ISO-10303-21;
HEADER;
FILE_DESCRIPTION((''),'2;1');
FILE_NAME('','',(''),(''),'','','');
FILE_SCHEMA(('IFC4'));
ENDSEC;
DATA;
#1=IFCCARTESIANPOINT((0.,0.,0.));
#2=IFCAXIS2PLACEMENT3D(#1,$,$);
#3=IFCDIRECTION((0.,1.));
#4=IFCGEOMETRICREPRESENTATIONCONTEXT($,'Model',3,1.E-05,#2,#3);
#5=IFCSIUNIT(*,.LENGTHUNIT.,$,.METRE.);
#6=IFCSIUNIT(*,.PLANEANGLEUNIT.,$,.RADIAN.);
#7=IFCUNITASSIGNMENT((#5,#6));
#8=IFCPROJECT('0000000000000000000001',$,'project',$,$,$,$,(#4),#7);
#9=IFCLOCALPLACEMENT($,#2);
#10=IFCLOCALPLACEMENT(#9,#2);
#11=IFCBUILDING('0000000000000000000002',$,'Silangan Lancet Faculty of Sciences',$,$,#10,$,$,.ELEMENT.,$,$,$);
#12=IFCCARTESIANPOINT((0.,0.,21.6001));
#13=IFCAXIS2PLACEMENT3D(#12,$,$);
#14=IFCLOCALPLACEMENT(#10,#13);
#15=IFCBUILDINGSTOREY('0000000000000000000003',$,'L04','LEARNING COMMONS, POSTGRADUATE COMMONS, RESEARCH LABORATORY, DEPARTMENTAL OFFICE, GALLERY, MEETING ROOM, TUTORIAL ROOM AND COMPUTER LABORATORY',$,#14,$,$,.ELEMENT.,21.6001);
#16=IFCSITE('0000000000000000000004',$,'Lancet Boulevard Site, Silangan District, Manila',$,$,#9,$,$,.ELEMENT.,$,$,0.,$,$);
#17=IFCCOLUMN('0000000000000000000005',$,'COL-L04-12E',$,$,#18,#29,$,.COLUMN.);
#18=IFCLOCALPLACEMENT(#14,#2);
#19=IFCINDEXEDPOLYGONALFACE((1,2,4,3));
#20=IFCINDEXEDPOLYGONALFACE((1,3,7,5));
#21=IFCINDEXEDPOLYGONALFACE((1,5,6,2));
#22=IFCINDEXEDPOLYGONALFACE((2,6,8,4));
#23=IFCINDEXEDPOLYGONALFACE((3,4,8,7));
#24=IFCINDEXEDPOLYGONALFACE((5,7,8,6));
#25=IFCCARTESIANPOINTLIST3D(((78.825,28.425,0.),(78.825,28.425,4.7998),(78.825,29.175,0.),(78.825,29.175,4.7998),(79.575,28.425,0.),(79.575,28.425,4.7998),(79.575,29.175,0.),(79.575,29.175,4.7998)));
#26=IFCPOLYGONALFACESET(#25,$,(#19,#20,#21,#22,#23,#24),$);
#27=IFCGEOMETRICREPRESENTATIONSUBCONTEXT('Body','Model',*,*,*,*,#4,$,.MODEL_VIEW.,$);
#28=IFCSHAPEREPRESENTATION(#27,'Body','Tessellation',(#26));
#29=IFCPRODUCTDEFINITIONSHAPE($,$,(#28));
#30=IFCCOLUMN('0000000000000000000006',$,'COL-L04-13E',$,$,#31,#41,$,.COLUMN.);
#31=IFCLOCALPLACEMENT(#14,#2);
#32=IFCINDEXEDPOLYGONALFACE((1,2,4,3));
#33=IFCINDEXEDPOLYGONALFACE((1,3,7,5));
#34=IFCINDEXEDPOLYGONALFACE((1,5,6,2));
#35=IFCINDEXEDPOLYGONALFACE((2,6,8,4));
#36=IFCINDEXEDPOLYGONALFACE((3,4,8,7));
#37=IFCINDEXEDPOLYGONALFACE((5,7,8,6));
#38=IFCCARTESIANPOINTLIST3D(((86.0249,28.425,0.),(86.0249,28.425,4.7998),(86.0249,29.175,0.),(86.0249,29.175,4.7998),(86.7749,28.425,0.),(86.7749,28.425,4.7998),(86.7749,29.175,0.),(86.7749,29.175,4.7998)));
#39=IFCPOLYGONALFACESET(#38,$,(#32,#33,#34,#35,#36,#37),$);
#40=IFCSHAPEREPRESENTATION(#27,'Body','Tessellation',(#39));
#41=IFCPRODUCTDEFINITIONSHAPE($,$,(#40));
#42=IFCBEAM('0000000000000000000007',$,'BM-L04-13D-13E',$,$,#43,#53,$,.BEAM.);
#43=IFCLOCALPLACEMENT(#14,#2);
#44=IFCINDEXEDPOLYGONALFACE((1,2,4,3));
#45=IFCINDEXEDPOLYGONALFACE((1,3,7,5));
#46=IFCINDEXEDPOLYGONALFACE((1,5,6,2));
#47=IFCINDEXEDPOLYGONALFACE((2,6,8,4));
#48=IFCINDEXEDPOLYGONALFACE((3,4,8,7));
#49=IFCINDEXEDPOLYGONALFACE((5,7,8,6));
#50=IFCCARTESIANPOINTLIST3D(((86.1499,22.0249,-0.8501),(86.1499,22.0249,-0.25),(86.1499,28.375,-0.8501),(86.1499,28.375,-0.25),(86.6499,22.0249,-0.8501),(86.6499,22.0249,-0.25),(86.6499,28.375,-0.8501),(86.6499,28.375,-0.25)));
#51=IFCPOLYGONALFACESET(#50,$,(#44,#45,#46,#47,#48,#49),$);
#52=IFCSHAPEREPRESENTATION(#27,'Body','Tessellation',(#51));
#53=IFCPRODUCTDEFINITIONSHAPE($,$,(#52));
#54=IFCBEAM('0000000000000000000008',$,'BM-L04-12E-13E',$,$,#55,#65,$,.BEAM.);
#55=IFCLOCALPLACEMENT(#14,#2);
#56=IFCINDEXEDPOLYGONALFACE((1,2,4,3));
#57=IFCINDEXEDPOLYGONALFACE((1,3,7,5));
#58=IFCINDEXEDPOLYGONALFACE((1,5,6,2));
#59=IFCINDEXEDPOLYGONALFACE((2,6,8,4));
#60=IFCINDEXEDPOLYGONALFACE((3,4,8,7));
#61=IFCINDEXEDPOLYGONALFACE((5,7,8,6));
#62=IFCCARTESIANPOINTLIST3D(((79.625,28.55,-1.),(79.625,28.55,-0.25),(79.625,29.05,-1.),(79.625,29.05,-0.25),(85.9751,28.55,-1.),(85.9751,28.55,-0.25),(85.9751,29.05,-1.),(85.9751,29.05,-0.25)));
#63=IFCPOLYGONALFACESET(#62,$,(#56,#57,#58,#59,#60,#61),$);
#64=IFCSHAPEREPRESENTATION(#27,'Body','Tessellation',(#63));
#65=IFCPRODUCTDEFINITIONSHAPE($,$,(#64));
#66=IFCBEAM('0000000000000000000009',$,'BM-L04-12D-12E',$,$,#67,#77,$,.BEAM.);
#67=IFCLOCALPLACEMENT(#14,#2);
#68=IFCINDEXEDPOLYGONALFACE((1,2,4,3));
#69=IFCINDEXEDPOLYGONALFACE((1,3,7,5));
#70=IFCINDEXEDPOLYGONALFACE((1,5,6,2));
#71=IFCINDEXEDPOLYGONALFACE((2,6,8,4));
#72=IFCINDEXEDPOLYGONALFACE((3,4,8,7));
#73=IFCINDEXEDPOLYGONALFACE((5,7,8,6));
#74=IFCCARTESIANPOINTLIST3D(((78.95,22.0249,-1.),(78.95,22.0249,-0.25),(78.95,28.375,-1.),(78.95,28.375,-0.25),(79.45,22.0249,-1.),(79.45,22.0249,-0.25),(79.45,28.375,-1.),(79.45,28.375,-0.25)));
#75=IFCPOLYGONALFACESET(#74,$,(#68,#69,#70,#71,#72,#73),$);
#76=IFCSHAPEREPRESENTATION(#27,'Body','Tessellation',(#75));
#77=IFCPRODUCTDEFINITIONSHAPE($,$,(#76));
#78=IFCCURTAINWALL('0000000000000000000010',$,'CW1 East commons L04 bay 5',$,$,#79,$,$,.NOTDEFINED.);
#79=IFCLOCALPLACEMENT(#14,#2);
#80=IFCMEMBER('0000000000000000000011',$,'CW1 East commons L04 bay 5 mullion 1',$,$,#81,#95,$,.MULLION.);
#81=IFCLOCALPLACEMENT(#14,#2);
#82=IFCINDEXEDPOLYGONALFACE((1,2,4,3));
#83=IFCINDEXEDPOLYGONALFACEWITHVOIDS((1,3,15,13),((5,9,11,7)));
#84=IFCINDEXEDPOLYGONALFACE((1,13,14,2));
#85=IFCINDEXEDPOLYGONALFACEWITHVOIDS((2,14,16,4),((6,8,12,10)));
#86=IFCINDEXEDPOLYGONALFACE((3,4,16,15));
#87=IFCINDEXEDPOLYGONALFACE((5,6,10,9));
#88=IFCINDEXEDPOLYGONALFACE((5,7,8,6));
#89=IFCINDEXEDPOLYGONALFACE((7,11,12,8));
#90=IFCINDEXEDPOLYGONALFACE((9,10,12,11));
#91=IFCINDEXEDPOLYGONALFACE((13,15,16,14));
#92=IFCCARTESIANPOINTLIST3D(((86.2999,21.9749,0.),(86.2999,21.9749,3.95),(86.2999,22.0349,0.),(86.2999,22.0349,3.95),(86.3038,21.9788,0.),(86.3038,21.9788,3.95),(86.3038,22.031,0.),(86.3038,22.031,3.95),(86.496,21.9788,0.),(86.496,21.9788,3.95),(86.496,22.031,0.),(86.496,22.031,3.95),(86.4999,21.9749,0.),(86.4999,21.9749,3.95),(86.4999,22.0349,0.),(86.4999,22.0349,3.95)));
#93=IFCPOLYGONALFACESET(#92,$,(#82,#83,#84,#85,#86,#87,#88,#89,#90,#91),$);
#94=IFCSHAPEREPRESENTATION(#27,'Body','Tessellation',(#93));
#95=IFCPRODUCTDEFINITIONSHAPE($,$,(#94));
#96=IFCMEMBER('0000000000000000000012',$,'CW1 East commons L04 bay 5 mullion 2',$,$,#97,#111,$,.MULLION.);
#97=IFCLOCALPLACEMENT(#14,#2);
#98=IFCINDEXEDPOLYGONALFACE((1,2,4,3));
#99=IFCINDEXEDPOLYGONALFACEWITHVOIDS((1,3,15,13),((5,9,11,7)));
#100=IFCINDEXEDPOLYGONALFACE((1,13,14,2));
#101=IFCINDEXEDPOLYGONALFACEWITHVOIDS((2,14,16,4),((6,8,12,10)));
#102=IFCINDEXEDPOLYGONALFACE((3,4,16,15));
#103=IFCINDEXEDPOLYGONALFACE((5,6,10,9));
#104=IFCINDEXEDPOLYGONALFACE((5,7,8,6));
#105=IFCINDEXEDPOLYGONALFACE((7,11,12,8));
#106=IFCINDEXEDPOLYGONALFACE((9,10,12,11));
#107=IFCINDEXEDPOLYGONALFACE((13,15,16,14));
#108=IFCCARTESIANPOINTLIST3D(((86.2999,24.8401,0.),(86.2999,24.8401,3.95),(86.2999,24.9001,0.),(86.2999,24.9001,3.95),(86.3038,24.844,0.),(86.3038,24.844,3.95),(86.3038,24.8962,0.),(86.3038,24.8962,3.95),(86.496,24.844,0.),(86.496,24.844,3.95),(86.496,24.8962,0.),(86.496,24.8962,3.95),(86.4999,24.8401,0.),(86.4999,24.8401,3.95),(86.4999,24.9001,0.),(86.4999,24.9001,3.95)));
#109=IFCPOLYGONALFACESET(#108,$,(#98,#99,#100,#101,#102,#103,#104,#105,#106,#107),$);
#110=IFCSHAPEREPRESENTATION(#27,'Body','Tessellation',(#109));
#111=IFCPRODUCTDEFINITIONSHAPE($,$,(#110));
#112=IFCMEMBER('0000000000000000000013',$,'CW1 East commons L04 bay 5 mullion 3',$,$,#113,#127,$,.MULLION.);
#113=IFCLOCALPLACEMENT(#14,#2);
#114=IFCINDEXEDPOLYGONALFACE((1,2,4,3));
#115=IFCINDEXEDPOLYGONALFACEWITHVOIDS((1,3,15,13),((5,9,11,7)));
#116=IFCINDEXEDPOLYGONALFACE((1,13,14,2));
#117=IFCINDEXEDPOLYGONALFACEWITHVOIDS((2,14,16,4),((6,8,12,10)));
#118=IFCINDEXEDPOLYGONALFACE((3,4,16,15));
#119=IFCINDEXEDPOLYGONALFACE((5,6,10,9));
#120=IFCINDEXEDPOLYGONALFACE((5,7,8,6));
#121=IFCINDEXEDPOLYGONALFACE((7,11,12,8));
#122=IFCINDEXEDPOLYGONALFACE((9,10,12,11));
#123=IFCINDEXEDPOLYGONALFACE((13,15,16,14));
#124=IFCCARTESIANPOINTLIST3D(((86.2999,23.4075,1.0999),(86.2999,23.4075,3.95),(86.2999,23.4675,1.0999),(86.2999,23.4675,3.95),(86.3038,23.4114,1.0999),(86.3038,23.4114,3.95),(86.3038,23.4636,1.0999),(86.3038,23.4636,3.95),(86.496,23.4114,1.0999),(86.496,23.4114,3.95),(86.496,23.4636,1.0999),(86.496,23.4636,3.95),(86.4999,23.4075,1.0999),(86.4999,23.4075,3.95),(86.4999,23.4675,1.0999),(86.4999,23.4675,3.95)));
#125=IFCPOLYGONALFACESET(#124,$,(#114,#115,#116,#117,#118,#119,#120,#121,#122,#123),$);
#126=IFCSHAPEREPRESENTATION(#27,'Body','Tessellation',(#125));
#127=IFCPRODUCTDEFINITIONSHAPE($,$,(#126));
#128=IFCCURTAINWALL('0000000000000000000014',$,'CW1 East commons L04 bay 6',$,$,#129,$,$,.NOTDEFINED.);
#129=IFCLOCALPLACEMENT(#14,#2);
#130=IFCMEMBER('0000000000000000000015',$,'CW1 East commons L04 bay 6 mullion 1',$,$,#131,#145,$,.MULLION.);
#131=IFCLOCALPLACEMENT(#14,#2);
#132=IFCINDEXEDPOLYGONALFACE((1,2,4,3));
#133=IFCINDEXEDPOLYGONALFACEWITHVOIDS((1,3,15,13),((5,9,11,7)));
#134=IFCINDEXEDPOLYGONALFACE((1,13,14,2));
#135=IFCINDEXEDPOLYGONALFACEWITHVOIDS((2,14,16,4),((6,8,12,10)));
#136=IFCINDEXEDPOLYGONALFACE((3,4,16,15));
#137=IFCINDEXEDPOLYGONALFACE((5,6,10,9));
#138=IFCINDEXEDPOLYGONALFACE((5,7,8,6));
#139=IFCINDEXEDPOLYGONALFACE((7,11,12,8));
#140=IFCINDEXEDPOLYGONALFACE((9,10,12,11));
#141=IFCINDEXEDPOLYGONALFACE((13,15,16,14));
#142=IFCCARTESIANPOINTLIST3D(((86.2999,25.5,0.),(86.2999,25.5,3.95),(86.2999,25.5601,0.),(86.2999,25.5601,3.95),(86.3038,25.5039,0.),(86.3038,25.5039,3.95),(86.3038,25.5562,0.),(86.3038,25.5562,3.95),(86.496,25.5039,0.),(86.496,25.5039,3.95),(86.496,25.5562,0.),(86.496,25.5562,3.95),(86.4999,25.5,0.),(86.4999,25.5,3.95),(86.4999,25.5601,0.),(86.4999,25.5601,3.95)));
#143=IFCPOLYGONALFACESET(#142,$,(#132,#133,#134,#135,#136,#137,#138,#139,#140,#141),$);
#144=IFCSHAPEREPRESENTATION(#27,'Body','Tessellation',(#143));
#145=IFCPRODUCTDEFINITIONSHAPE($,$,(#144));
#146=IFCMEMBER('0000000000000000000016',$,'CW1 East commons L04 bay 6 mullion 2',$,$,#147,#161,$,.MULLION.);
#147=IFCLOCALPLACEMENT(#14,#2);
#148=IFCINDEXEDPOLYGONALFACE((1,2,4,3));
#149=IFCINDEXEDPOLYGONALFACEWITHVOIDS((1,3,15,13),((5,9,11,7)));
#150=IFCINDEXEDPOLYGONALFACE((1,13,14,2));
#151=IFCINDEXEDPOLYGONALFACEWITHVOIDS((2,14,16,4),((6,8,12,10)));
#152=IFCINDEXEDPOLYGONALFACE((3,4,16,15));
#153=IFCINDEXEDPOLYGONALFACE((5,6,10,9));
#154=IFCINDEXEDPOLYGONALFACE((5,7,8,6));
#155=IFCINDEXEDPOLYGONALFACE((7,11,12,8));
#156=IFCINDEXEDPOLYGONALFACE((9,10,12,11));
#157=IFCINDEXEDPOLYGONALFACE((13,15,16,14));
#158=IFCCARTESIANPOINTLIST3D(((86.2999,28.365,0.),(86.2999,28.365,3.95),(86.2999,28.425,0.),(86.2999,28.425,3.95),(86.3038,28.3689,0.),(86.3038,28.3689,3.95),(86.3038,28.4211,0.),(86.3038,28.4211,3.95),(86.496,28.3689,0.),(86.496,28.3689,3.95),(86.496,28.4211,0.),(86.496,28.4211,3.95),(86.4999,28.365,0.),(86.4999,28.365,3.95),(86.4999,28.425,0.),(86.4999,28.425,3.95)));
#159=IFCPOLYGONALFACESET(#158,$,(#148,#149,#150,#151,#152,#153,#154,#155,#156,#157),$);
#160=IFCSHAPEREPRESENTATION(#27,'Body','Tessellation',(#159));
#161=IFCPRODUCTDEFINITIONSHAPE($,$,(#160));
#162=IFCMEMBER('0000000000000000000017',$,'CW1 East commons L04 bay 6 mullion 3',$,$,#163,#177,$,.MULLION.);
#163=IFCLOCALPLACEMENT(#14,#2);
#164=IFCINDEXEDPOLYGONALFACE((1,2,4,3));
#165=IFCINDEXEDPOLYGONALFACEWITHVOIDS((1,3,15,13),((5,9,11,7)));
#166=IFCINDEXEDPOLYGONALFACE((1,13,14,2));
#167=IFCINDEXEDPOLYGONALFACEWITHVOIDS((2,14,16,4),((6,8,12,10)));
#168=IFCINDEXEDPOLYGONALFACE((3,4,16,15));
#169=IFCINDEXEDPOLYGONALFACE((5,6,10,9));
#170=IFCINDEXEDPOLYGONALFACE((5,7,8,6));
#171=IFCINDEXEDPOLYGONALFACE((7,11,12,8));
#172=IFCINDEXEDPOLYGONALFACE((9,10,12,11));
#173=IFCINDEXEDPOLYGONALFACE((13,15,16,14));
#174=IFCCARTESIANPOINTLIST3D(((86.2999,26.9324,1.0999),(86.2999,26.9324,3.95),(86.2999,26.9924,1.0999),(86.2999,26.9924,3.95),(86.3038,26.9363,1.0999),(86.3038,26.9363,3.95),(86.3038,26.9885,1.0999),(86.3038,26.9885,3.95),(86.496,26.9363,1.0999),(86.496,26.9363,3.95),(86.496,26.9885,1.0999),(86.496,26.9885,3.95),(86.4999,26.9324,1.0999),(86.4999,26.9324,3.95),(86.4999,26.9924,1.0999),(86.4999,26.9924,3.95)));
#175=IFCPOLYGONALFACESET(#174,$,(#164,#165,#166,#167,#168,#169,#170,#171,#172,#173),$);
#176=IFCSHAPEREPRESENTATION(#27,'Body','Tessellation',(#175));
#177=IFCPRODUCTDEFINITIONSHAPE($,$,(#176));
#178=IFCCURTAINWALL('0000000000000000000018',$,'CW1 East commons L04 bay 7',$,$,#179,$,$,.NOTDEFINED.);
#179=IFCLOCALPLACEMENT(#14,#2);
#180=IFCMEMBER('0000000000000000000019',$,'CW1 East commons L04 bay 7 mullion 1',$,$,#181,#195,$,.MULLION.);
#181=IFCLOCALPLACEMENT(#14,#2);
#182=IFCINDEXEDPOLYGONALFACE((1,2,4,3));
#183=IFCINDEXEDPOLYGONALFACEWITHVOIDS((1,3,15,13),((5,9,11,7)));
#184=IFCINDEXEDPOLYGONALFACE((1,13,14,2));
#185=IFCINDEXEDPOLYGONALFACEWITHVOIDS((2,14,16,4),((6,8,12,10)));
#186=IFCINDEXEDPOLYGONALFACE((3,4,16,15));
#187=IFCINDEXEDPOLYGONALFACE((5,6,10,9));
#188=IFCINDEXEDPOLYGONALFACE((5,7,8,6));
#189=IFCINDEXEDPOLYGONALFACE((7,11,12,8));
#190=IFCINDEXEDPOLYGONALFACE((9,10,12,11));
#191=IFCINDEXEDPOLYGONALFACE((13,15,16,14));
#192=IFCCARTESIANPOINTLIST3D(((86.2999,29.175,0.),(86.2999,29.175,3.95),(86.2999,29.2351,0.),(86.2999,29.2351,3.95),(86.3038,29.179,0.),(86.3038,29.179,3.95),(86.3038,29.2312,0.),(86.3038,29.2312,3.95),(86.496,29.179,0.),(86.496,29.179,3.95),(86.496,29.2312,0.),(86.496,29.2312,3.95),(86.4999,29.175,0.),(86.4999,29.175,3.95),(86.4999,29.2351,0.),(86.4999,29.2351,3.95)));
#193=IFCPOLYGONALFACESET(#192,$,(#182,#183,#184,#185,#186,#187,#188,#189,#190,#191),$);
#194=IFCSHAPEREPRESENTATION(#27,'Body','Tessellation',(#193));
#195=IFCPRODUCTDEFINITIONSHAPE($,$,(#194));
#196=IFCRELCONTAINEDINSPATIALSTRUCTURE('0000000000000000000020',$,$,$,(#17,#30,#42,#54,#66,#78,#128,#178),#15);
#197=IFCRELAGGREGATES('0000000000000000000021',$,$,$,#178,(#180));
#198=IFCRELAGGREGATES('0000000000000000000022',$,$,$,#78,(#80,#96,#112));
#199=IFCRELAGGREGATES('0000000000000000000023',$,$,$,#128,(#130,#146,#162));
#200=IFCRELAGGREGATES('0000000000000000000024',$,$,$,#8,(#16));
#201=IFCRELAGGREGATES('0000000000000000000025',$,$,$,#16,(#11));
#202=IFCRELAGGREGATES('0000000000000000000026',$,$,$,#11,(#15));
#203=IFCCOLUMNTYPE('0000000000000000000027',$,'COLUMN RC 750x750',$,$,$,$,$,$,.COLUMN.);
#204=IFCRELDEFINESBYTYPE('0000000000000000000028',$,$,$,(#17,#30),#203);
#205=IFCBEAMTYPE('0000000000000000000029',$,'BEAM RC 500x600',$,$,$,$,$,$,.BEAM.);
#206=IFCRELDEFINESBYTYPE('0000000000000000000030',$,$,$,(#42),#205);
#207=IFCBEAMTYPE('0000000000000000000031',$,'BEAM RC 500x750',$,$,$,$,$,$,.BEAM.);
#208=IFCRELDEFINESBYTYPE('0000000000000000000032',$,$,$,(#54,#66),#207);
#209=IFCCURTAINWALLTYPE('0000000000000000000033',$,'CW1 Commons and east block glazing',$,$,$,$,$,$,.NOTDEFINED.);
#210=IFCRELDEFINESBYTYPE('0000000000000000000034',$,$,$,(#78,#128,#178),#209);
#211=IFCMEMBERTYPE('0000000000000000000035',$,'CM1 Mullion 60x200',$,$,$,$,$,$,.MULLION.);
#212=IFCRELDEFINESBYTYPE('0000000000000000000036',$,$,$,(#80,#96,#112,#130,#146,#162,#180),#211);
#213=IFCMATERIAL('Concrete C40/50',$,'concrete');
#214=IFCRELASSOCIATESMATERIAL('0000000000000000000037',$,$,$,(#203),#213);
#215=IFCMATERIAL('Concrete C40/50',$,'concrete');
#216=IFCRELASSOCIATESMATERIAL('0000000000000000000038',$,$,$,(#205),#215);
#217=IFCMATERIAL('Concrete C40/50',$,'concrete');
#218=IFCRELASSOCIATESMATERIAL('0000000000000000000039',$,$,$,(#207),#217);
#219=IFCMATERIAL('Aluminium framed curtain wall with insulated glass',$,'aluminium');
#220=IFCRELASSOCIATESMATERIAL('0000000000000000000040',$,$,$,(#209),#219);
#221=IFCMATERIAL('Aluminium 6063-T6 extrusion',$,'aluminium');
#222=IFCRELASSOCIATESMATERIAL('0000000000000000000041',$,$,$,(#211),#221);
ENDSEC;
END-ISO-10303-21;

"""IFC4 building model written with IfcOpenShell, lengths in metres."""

from ifc_helpers import new_model, si_unit, direction, frame, origin, origin_2d, place, context, subcontext, project, spatial, rectangle, hollow_rectangle, extrude, material, material_profile, profile_set, type_object, element, aggregate, save


model = new_model("IFC4")

# Units and contexts
model_context = context("Model", 3, precision=1e-05, world=origin(), true_north=direction((0.0, 1.0)))
body_context = subcontext(model_context, "Body", "Model", "MODEL_VIEW")
ifc_project = project(units=[si_unit("LENGTHUNIT", "METRE"), si_unit("PLANEANGLEUNIT", "RADIAN")], contexts=[model_context])

# Site, building, storey
site_placement = place(None, origin())
site = spatial("IfcSite", under=ifc_project, at=site_placement, Name="Lancet Boulevard Site, Silangan District, Manila", CompositionType="ELEMENT", RefElevation=0.0)
building_placement = place(site_placement, origin())
building = spatial("IfcBuilding", under=site, at=building_placement, Name="Silangan Lancet Faculty of Sciences", CompositionType="ELEMENT")
storey_placement = place(building_placement, frame((0.0, 0.0, 21.6001)))
storey = spatial("IfcBuildingStorey", under=building, at=storey_placement, Name="L04", Description="LEARNING COMMONS, POSTGRADUATE COMMONS, RESEARCH LABORATORY, DEPARTMENTAL OFFICE, GALLERY, MEETING ROOM, TUTORIAL ROOM AND COMPUTER LABORATORY", CompositionType="ELEMENT", Elevation=21.6001)

# Columns
ifc_material_1 = material(Name="Concrete C40/50", Category="concrete")
ifc_material_profile_1 = material_profile(ifc_material_1, rectangle(XDim=0.75, YDim=0.75, at=origin_2d()), Name="RC 750x750")
ifc_profile_set_1 = profile_set([ifc_material_profile_1], Name="Concrete C40/50")
column_type = type_object("IfcColumnType", Name="COLUMN RC 750x750", PredefinedType="COLUMN", material=ifc_profile_set_1)
for number, where, z_axis, x_axis, name in (
    (1, (79.2, 28.8, 0.0), (0.0, 0.0, 1.0), (1.0, 0.0, 0.0), "COL-L04-12E"),
    (2, (86.3999, 28.8, 0.0), (0.0, 0.0, 1.0), (1.0, 0.0, 0.0), "COL-L04-13E"),
):
    element("IfcColumn", number, at=place(storey_placement, frame(where, z_axis=z_axis, x_axis=x_axis)), inside=storey, type_object=column_type, Name=name, PredefinedType="COLUMN", context=body_context, shape_type="SweptSolid", body=[
        extrude(rectangle(XDim=0.75, YDim=0.75, at=origin_2d()), origin(), (0.0, 0.0, 1.0), 4.7998),
    ])

# Beams
ifc_material_2 = material(Name="Concrete C40/50", Category="concrete")
ifc_material_profile_2 = material_profile(ifc_material_2, rectangle(XDim=0.5, YDim=0.6001, at=origin_2d()), Name="RC 500x600")
ifc_profile_set_2 = profile_set([ifc_material_profile_2], Name="Concrete C40/50")
beam_type_1 = type_object("IfcBeamType", Name="BEAM RC 500x600", PredefinedType="BEAM", material=ifc_profile_set_2)
beam_placement = place(storey_placement, frame((86.3999, 22.0249, -0.55), z_axis=(0.0, 1.0, 0.0), x_axis=(-1.0, 0.0, 0.0)))
element("IfcBeam", 3, at=beam_placement, inside=storey, type_object=beam_type_1, Name="BM-L04-13D-13E", PredefinedType="BEAM", context=body_context, shape_type="SweptSolid", body=[
    extrude(rectangle(XDim=0.5, YDim=0.6001, at=origin_2d()), origin(), (0.0, 0.0, 1.0), 6.3501),
])
ifc_material_3 = material(Name="Concrete C40/50", Category="concrete")
ifc_material_profile_3 = material_profile(ifc_material_3, rectangle(XDim=0.5, YDim=0.75, at=origin_2d()), Name="RC 500x750")
ifc_profile_set_3 = profile_set([ifc_material_profile_3], Name="Concrete C40/50")
beam_type_2 = type_object("IfcBeamType", Name="BEAM RC 500x750", PredefinedType="BEAM", material=ifc_profile_set_3)
for number, where, z_axis, x_axis, name in (
    (4, (79.625, 28.8, -0.625), (1.0, 0.0, 0.0), (0.0, 1.0, 0.0), "BM-L04-12E-13E"),
    (5, (79.2, 22.0249, -0.625), (0.0, 1.0, 0.0), (-1.0, 0.0, 0.0), "BM-L04-12D-12E"),
):
    element("IfcBeam", number, at=place(storey_placement, frame(where, z_axis=z_axis, x_axis=x_axis)), inside=storey, type_object=beam_type_2, Name=name, PredefinedType="BEAM", context=body_context, shape_type="SweptSolid", body=[
        extrude(rectangle(XDim=0.5, YDim=0.75, at=origin_2d()), origin(), (0.0, 0.0, 1.0), 6.3501),
    ])

# Curtain walls, members
ifc_material_4 = material(Name="Aluminium framed curtain wall with insulated glass", Category="aluminium")
curtain_wall_type = type_object("IfcCurtainWallType", Name="CW1 Commons and east block glazing", PredefinedType="NOTDEFINED", material=ifc_material_4)
curtain_wall_1_placement = place(storey_placement, origin())
curtain_wall_1 = element("IfcCurtainWall", 6, at=curtain_wall_1_placement, inside=storey, type_object=curtain_wall_type, Name="CW1 East commons L04 bay 5", PredefinedType="NOTDEFINED")
ifc_material_5 = material(Name="Aluminium 6063-T6 extrusion", Category="aluminium")
ifc_material_profile_4 = material_profile(ifc_material_5, hollow_rectangle(XDim=0.0601, YDim=0.2, WallThickness=0.0039, at=origin_2d()), Name="AL BOX 60x200x4")
ifc_profile_set_4 = profile_set([ifc_material_profile_4], Name="Aluminium 6063-T6 extrusion")
member_type_1 = type_object("IfcMemberType", Name="CM1 Mullion 60x200", PredefinedType="MULLION", material=ifc_profile_set_4)
member_1_placement = place(storey_placement, frame((86.3999, 22.0049, 0.0), z_axis=(0.0, 0.0, 1.0), x_axis=(0.0, 1.0, 0.0)))
member_1 = element("IfcMember", 7, at=member_1_placement, type_object=member_type_1, Name="CW1 East commons L04 bay 5 mullion 1", PredefinedType="MULLION", context=body_context, shape_type="SweptSolid", body=[
    extrude(hollow_rectangle(XDim=0.0601, YDim=0.2, WallThickness=0.0039, at=origin_2d()), origin(), (0.0, 0.0, 1.0), 3.95),
])
member_2_placement = place(storey_placement, frame((86.3999, 24.8701, 0.0), z_axis=(0.0, 0.0, 1.0), x_axis=(0.0, 1.0, 0.0)))
member_2 = element("IfcMember", 8, at=member_2_placement, type_object=member_type_1, Name="CW1 East commons L04 bay 5 mullion 2", PredefinedType="MULLION", context=body_context, shape_type="SweptSolid", body=[
    extrude(hollow_rectangle(XDim=0.0601, YDim=0.2, WallThickness=0.0039, at=origin_2d()), origin(), (0.0, 0.0, 1.0), 3.95),
])
member_3_placement = place(storey_placement, frame((86.3999, 23.4375, 1.0999), z_axis=(0.0, 0.0, 1.0), x_axis=(0.0, 1.0, 0.0)))
member_3 = element("IfcMember", 9, at=member_3_placement, type_object=member_type_1, Name="CW1 East commons L04 bay 5 mullion 3", PredefinedType="MULLION", context=body_context, shape_type="SweptSolid", body=[
    extrude(hollow_rectangle(XDim=0.0601, YDim=0.2, WallThickness=0.0039, at=origin_2d()), origin(), (0.0, 0.0, 1.0), 2.8501),
])
curtain_wall_2_placement = place(storey_placement, origin())
curtain_wall_2 = element("IfcCurtainWall", 10, at=curtain_wall_2_placement, inside=storey, type_object=curtain_wall_type, Name="CW1 East commons L04 bay 6", PredefinedType="NOTDEFINED")
member_4_placement = place(storey_placement, frame((86.3999, 25.53, 0.0), z_axis=(0.0, 0.0, 1.0), x_axis=(0.0, 1.0, 0.0)))
member_4 = element("IfcMember", 11, at=member_4_placement, type_object=member_type_1, Name="CW1 East commons L04 bay 6 mullion 1", PredefinedType="MULLION", context=body_context, shape_type="SweptSolid", body=[
    extrude(hollow_rectangle(XDim=0.0601, YDim=0.2, WallThickness=0.0039, at=origin_2d()), origin(), (0.0, 0.0, 1.0), 3.95),
])
member_5_placement = place(storey_placement, frame((86.3999, 28.395, 0.0), z_axis=(0.0, 0.0, 1.0), x_axis=(0.0, 1.0, 0.0)))
member_5 = element("IfcMember", 12, at=member_5_placement, type_object=member_type_1, Name="CW1 East commons L04 bay 6 mullion 2", PredefinedType="MULLION", context=body_context, shape_type="SweptSolid", body=[
    extrude(hollow_rectangle(XDim=0.0601, YDim=0.2, WallThickness=0.0039, at=origin_2d()), origin(), (0.0, 0.0, 1.0), 3.95),
])
member_6_placement = place(storey_placement, frame((86.3999, 26.9624, 1.0999), z_axis=(0.0, 0.0, 1.0), x_axis=(0.0, 1.0, 0.0)))
member_6 = element("IfcMember", 13, at=member_6_placement, type_object=member_type_1, Name="CW1 East commons L04 bay 6 mullion 3", PredefinedType="MULLION", context=body_context, shape_type="SweptSolid", body=[
    extrude(hollow_rectangle(XDim=0.0601, YDim=0.2, WallThickness=0.0039, at=origin_2d()), origin(), (0.0, 0.0, 1.0), 2.8501),
])

# Curtain wall, member
curtain_wall_3_placement = place(storey_placement, origin())
curtain_wall_3 = element("IfcCurtainWall", 14, at=curtain_wall_3_placement, inside=storey, type_object=curtain_wall_type, Name="CW1 East commons L04 bay 7", PredefinedType="NOTDEFINED")
member_7_placement = place(storey_placement, frame((86.3999, 29.2051, 0.0), z_axis=(0.0, 0.0, 1.0), x_axis=(0.0, 1.0, 0.0)))
member_7 = element("IfcMember", 15, at=member_7_placement, type_object=member_type_1, Name="CW1 East commons L04 bay 7 mullion 1", PredefinedType="MULLION", context=body_context, shape_type="SweptSolid", body=[
    extrude(hollow_rectangle(XDim=0.0601, YDim=0.2, WallThickness=0.0039, at=origin_2d()), origin(), (0.0, 0.0, 1.0), 3.95),
])
aggregate(curtain_wall_3, [member_7])

aggregate(curtain_wall_1, [member_1, member_2, member_3])
aggregate(curtain_wall_2, [member_4, member_5, member_6])

save(model, "model.ifc")
